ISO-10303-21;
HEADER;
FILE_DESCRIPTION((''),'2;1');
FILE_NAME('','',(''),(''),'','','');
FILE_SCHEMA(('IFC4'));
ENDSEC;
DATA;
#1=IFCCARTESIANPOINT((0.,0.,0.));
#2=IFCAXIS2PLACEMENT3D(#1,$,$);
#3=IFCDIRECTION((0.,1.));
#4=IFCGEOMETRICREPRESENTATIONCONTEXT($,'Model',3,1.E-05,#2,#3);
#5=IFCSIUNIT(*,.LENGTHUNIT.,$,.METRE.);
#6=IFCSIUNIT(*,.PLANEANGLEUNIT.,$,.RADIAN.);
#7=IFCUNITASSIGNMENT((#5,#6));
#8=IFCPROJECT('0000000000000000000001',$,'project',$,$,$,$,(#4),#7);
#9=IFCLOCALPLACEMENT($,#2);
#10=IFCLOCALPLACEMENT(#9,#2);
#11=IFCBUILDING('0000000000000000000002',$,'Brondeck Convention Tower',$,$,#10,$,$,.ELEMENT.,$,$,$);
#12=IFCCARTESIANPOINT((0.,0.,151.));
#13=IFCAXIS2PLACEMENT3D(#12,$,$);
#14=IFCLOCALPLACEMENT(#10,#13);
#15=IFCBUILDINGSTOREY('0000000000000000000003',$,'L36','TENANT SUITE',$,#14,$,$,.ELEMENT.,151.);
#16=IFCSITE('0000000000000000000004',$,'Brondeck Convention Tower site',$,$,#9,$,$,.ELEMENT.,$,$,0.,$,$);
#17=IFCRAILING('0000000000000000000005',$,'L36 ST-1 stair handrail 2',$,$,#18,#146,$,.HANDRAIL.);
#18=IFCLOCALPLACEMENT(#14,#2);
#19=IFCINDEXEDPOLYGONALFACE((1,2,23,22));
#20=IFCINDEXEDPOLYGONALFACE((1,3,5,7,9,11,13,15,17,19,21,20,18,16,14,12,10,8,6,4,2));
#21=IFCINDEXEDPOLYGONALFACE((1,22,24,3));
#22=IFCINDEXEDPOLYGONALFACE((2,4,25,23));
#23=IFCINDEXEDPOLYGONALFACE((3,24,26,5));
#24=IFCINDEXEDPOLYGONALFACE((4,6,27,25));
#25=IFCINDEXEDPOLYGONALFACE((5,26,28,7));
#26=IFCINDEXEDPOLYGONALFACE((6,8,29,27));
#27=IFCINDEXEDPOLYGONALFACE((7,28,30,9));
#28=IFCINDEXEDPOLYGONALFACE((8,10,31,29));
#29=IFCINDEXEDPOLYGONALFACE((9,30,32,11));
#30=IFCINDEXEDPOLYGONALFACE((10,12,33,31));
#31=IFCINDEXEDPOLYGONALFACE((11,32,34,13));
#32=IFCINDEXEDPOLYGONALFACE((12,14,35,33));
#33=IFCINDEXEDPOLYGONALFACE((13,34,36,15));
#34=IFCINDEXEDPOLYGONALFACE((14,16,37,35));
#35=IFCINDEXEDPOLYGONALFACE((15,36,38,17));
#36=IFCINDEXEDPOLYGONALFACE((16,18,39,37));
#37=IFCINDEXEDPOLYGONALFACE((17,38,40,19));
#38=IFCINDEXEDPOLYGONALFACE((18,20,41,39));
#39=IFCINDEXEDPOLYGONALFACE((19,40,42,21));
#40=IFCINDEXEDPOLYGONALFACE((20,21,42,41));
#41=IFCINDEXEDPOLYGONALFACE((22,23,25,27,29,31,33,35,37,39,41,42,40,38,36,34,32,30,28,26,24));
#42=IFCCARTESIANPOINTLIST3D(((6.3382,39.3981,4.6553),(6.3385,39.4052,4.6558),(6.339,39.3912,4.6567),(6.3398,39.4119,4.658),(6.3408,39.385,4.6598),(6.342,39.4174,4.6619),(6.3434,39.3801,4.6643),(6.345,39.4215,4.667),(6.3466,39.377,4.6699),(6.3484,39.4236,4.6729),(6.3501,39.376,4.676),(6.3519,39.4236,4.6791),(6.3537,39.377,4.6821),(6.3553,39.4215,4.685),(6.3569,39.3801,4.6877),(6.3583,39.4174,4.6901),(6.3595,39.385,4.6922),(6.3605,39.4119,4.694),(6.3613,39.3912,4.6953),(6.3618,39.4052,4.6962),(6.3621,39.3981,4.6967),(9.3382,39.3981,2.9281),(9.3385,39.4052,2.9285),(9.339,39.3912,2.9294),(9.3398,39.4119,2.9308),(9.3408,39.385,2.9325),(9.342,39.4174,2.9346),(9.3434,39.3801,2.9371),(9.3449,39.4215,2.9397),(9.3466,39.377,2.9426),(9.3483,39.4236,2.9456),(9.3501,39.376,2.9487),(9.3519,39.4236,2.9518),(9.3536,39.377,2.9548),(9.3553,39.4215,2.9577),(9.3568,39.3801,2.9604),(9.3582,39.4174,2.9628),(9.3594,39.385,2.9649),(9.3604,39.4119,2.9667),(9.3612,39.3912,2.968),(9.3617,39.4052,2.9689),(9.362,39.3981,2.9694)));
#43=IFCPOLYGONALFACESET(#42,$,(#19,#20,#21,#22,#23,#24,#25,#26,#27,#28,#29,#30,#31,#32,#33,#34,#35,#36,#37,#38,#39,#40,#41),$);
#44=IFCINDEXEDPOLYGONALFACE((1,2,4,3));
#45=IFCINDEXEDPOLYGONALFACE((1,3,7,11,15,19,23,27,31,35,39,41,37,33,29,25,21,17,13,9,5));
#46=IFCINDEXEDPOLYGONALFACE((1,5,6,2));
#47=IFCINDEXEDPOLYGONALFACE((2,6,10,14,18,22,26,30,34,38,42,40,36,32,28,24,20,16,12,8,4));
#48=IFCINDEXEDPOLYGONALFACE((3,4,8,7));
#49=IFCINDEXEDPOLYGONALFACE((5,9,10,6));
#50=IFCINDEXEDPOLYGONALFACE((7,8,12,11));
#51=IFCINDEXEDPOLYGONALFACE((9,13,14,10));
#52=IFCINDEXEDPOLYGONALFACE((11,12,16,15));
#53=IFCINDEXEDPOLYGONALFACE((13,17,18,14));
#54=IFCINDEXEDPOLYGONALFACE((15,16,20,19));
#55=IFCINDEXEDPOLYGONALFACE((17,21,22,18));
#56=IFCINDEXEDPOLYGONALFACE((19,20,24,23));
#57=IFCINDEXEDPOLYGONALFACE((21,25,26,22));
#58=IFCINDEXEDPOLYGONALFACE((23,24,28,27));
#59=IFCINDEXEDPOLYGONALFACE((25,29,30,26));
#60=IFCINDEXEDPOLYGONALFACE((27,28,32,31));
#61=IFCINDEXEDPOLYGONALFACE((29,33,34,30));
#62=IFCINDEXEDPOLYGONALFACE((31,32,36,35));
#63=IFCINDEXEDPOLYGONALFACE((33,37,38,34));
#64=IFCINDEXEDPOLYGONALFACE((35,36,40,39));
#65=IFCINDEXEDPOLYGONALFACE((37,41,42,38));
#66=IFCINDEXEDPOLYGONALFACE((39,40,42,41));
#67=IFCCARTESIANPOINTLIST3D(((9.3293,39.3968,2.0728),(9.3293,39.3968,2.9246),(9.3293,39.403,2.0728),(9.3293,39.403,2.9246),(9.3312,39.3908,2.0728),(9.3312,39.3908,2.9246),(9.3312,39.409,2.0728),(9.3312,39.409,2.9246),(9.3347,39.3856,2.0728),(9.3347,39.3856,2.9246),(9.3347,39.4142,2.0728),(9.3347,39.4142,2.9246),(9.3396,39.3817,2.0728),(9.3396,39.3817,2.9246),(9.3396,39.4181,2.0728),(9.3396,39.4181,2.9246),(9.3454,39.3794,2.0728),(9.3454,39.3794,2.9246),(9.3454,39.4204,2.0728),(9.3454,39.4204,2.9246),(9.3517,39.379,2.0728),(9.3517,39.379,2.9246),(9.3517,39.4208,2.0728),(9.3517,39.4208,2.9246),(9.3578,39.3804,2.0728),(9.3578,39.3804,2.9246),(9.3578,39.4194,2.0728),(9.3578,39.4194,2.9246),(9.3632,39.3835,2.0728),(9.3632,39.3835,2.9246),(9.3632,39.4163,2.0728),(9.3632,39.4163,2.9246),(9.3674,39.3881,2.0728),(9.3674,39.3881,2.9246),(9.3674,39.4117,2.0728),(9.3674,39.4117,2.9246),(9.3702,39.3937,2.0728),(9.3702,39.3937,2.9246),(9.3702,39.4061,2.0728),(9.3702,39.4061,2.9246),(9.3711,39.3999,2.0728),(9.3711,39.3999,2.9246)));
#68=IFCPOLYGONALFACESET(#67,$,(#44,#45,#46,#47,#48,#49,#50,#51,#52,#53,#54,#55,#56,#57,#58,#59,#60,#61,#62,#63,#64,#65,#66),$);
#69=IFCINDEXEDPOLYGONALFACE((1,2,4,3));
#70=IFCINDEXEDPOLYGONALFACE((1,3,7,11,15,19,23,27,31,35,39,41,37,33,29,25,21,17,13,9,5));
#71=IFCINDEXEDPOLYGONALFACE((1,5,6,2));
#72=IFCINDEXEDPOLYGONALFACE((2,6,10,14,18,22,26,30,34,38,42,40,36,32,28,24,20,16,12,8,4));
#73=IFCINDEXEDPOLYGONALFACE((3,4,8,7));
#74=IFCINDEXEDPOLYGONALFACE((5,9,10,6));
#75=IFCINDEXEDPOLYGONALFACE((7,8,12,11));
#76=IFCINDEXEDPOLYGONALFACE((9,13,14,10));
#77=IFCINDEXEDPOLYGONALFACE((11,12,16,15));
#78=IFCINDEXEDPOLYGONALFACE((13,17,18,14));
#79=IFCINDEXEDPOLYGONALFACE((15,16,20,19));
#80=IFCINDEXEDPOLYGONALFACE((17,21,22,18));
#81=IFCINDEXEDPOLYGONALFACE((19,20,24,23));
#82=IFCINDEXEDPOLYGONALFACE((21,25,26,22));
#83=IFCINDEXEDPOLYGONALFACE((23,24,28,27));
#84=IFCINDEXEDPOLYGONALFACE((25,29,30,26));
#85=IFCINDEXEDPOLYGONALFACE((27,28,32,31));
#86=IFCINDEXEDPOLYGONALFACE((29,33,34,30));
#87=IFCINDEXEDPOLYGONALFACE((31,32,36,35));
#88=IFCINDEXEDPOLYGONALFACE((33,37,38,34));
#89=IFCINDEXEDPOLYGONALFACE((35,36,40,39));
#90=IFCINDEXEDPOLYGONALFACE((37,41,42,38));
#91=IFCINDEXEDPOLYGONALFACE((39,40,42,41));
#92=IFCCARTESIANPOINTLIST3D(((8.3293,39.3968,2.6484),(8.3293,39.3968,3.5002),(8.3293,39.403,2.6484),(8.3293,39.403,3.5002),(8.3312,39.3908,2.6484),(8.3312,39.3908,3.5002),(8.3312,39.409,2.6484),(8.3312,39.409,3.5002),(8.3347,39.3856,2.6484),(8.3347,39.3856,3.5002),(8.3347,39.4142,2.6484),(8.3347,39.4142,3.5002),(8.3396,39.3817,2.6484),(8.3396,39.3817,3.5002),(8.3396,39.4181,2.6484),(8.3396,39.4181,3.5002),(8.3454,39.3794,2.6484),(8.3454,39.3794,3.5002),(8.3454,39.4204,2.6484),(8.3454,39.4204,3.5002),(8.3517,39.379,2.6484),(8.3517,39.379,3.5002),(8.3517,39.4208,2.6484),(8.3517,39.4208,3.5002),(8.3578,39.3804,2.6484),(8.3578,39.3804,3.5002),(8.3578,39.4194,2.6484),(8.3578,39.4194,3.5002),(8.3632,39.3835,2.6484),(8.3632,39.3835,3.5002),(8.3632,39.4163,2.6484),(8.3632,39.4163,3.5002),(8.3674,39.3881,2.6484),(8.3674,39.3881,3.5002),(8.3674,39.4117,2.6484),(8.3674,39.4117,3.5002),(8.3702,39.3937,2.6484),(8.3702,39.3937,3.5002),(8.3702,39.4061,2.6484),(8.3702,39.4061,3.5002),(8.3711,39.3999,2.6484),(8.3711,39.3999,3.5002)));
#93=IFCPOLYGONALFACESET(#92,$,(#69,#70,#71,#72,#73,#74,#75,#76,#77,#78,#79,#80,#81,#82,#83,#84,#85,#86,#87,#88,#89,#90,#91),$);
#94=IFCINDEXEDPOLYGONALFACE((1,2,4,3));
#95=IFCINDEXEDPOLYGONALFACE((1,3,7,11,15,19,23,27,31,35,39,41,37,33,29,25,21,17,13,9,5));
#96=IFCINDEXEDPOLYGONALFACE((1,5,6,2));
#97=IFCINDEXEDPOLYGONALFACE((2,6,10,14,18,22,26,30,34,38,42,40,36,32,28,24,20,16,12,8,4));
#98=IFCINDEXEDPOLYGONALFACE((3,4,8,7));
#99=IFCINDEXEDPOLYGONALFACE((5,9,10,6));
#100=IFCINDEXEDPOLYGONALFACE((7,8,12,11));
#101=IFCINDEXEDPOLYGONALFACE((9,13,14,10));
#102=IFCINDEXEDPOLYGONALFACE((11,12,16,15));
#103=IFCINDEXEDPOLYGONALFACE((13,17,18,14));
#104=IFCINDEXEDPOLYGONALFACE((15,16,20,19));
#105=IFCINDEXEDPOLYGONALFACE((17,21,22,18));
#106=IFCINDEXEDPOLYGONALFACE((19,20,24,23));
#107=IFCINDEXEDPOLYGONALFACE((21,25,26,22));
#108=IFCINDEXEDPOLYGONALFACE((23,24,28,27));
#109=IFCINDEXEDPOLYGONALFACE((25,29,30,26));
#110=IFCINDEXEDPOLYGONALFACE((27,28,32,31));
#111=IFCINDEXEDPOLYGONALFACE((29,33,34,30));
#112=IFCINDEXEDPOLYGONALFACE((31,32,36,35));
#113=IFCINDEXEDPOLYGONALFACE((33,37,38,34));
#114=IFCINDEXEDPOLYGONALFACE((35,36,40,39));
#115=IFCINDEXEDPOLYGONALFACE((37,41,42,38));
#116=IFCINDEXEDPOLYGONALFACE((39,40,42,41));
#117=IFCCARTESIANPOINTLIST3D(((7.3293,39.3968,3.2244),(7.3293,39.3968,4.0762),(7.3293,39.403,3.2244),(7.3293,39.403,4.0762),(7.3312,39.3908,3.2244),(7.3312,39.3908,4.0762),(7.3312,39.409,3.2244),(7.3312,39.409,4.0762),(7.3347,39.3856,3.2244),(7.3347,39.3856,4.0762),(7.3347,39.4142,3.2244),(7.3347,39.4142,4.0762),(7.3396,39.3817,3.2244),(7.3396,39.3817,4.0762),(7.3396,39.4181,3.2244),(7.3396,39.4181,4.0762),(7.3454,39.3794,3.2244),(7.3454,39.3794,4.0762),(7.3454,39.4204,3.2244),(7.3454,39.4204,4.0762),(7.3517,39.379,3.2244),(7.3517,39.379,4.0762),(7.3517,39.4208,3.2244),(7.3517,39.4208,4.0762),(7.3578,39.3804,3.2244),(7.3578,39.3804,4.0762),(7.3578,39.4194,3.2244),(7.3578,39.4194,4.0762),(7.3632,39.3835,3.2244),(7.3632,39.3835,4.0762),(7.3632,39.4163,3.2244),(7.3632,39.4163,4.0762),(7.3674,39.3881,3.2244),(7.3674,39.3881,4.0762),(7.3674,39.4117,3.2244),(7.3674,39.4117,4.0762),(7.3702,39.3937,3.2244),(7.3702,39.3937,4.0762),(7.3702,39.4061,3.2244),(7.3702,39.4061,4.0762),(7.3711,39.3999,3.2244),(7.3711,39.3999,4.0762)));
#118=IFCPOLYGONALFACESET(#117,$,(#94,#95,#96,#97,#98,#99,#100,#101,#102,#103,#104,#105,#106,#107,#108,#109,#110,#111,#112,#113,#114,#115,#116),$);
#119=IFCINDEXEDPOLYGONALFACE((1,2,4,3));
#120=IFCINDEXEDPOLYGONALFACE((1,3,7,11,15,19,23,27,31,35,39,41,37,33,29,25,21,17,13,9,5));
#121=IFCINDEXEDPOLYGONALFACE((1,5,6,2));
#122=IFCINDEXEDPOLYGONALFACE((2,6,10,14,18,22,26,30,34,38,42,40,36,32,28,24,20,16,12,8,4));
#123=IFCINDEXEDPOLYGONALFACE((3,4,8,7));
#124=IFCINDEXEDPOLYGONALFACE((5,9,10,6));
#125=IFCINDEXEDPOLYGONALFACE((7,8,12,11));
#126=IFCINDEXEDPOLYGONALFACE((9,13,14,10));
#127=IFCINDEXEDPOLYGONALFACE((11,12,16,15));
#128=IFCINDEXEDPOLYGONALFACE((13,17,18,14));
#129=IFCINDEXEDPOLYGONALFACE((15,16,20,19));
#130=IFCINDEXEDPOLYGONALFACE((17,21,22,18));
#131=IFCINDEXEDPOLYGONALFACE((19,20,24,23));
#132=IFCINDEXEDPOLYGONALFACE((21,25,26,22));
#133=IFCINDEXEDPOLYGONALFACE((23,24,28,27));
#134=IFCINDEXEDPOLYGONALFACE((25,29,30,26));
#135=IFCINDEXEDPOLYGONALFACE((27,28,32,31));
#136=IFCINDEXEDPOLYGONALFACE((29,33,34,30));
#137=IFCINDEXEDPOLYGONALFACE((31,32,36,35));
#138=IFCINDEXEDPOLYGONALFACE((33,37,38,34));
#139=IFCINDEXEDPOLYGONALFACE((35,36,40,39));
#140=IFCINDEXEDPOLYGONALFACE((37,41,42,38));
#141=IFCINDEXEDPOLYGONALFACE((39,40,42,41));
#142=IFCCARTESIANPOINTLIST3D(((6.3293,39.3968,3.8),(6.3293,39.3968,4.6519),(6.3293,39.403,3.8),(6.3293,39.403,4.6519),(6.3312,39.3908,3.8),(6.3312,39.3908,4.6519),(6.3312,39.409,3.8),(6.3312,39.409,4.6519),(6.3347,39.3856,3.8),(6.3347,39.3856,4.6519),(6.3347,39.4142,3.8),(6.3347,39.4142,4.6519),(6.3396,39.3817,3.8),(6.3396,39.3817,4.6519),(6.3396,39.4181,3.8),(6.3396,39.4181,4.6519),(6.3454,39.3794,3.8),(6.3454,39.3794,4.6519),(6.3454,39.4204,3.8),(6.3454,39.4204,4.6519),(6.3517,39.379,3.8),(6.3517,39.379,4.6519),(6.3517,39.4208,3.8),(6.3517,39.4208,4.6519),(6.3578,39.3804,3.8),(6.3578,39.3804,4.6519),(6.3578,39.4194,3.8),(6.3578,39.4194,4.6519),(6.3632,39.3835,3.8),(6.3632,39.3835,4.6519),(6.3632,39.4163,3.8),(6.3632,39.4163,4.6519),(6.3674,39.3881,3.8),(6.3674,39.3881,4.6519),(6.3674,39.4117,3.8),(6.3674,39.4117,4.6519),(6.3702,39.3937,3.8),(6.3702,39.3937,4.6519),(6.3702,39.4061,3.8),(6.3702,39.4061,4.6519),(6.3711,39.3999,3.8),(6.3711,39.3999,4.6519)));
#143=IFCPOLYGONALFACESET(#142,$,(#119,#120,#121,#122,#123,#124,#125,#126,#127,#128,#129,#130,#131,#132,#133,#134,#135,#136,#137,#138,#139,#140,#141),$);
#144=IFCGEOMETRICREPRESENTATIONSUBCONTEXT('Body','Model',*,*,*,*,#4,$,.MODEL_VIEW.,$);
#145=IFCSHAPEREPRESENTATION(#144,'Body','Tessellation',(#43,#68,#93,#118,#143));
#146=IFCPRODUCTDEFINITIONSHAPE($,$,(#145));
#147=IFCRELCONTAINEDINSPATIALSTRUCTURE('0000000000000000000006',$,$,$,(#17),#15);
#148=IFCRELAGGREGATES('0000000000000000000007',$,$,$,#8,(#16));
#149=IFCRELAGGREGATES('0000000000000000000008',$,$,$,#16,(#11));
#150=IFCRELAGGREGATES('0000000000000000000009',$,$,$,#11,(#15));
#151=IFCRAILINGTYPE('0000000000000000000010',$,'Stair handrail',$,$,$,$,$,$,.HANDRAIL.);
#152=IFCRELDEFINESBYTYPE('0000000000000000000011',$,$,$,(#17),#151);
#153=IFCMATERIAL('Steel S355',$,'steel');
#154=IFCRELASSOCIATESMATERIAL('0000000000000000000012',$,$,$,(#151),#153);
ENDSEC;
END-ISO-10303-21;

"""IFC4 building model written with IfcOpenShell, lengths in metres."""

from ifc_helpers import new_model, si_unit, direction, frame, origin, origin_2d, place, context, subcontext, project, spatial, circle, extrude, material, type_object, element, save


model = new_model("IFC4")

# Units and contexts
model_context = context("Model", 3, precision=1e-05, world=origin(), true_north=direction((0.0, 1.0)))
body_context = subcontext(model_context, "Body", "Model", "MODEL_VIEW")
ifc_project = project(units=[si_unit("LENGTHUNIT", "METRE"), si_unit("PLANEANGLEUNIT", "RADIAN")], contexts=[model_context])

# Site, building, storey
site_placement = place(None, origin())
site = spatial("IfcSite", under=ifc_project, at=site_placement, Name="Brondeck Convention Tower site", CompositionType="ELEMENT", RefElevation=0.0)
building_placement = place(site_placement, origin())
building = spatial("IfcBuilding", under=site, at=building_placement, Name="Brondeck Convention Tower", CompositionType="ELEMENT")
storey_placement = place(building_placement, frame((0.0, 0.0, 151.0)))
storey = spatial("IfcBuildingStorey", under=building, at=storey_placement, Name="L36", Description="TENANT SUITE", CompositionType="ELEMENT", Elevation=151.0)

# Shared definitions
ifc_material_1 = material(Name="Steel S355", Category="steel")

# Railing
railing_type = type_object("IfcRailingType", Name="Stair handrail", PredefinedType="HANDRAIL", material=ifc_material_1)
railing_placement = place(storey_placement, frame((9.3501, 39.3999, 2.0728)))
element("IfcRailing", 1, at=railing_placement, inside=storey, type_object=railing_type, Name="L36 ST-1 stair handrail 2", PredefinedType="HANDRAIL", context=body_context, shape_type="SweptSolid", body=[
    extrude(circle(Radius=0.0239, at=origin_2d()), frame((0.0, 0.0, 0.876), z_axis=(-0.86662, 0.0, 0.498969), x_axis=(0.0, -1.0, 0.0)), (0.0, 0.0, 1.0), 3.4617),
    extrude(circle(Radius=0.021, at=origin_2d()), origin(), (0.0, 0.0, 1.0), 0.8518),
    extrude(circle(Radius=0.021, at=origin_2d()), frame((-1.0, 0.0, 0.5757)), (0.0, 0.0, 1.0), 0.8518),
    extrude(circle(Radius=0.021, at=origin_2d()), frame((-2.0, 0.0, 1.1516)), (0.0, 0.0, 1.0), 0.8518),
    extrude(circle(Radius=0.021, at=origin_2d()), frame((-3.0, 0.0, 1.7273)), (0.0, 0.0, 1.0), 0.8518),
])

save(model, "model.ifc")
